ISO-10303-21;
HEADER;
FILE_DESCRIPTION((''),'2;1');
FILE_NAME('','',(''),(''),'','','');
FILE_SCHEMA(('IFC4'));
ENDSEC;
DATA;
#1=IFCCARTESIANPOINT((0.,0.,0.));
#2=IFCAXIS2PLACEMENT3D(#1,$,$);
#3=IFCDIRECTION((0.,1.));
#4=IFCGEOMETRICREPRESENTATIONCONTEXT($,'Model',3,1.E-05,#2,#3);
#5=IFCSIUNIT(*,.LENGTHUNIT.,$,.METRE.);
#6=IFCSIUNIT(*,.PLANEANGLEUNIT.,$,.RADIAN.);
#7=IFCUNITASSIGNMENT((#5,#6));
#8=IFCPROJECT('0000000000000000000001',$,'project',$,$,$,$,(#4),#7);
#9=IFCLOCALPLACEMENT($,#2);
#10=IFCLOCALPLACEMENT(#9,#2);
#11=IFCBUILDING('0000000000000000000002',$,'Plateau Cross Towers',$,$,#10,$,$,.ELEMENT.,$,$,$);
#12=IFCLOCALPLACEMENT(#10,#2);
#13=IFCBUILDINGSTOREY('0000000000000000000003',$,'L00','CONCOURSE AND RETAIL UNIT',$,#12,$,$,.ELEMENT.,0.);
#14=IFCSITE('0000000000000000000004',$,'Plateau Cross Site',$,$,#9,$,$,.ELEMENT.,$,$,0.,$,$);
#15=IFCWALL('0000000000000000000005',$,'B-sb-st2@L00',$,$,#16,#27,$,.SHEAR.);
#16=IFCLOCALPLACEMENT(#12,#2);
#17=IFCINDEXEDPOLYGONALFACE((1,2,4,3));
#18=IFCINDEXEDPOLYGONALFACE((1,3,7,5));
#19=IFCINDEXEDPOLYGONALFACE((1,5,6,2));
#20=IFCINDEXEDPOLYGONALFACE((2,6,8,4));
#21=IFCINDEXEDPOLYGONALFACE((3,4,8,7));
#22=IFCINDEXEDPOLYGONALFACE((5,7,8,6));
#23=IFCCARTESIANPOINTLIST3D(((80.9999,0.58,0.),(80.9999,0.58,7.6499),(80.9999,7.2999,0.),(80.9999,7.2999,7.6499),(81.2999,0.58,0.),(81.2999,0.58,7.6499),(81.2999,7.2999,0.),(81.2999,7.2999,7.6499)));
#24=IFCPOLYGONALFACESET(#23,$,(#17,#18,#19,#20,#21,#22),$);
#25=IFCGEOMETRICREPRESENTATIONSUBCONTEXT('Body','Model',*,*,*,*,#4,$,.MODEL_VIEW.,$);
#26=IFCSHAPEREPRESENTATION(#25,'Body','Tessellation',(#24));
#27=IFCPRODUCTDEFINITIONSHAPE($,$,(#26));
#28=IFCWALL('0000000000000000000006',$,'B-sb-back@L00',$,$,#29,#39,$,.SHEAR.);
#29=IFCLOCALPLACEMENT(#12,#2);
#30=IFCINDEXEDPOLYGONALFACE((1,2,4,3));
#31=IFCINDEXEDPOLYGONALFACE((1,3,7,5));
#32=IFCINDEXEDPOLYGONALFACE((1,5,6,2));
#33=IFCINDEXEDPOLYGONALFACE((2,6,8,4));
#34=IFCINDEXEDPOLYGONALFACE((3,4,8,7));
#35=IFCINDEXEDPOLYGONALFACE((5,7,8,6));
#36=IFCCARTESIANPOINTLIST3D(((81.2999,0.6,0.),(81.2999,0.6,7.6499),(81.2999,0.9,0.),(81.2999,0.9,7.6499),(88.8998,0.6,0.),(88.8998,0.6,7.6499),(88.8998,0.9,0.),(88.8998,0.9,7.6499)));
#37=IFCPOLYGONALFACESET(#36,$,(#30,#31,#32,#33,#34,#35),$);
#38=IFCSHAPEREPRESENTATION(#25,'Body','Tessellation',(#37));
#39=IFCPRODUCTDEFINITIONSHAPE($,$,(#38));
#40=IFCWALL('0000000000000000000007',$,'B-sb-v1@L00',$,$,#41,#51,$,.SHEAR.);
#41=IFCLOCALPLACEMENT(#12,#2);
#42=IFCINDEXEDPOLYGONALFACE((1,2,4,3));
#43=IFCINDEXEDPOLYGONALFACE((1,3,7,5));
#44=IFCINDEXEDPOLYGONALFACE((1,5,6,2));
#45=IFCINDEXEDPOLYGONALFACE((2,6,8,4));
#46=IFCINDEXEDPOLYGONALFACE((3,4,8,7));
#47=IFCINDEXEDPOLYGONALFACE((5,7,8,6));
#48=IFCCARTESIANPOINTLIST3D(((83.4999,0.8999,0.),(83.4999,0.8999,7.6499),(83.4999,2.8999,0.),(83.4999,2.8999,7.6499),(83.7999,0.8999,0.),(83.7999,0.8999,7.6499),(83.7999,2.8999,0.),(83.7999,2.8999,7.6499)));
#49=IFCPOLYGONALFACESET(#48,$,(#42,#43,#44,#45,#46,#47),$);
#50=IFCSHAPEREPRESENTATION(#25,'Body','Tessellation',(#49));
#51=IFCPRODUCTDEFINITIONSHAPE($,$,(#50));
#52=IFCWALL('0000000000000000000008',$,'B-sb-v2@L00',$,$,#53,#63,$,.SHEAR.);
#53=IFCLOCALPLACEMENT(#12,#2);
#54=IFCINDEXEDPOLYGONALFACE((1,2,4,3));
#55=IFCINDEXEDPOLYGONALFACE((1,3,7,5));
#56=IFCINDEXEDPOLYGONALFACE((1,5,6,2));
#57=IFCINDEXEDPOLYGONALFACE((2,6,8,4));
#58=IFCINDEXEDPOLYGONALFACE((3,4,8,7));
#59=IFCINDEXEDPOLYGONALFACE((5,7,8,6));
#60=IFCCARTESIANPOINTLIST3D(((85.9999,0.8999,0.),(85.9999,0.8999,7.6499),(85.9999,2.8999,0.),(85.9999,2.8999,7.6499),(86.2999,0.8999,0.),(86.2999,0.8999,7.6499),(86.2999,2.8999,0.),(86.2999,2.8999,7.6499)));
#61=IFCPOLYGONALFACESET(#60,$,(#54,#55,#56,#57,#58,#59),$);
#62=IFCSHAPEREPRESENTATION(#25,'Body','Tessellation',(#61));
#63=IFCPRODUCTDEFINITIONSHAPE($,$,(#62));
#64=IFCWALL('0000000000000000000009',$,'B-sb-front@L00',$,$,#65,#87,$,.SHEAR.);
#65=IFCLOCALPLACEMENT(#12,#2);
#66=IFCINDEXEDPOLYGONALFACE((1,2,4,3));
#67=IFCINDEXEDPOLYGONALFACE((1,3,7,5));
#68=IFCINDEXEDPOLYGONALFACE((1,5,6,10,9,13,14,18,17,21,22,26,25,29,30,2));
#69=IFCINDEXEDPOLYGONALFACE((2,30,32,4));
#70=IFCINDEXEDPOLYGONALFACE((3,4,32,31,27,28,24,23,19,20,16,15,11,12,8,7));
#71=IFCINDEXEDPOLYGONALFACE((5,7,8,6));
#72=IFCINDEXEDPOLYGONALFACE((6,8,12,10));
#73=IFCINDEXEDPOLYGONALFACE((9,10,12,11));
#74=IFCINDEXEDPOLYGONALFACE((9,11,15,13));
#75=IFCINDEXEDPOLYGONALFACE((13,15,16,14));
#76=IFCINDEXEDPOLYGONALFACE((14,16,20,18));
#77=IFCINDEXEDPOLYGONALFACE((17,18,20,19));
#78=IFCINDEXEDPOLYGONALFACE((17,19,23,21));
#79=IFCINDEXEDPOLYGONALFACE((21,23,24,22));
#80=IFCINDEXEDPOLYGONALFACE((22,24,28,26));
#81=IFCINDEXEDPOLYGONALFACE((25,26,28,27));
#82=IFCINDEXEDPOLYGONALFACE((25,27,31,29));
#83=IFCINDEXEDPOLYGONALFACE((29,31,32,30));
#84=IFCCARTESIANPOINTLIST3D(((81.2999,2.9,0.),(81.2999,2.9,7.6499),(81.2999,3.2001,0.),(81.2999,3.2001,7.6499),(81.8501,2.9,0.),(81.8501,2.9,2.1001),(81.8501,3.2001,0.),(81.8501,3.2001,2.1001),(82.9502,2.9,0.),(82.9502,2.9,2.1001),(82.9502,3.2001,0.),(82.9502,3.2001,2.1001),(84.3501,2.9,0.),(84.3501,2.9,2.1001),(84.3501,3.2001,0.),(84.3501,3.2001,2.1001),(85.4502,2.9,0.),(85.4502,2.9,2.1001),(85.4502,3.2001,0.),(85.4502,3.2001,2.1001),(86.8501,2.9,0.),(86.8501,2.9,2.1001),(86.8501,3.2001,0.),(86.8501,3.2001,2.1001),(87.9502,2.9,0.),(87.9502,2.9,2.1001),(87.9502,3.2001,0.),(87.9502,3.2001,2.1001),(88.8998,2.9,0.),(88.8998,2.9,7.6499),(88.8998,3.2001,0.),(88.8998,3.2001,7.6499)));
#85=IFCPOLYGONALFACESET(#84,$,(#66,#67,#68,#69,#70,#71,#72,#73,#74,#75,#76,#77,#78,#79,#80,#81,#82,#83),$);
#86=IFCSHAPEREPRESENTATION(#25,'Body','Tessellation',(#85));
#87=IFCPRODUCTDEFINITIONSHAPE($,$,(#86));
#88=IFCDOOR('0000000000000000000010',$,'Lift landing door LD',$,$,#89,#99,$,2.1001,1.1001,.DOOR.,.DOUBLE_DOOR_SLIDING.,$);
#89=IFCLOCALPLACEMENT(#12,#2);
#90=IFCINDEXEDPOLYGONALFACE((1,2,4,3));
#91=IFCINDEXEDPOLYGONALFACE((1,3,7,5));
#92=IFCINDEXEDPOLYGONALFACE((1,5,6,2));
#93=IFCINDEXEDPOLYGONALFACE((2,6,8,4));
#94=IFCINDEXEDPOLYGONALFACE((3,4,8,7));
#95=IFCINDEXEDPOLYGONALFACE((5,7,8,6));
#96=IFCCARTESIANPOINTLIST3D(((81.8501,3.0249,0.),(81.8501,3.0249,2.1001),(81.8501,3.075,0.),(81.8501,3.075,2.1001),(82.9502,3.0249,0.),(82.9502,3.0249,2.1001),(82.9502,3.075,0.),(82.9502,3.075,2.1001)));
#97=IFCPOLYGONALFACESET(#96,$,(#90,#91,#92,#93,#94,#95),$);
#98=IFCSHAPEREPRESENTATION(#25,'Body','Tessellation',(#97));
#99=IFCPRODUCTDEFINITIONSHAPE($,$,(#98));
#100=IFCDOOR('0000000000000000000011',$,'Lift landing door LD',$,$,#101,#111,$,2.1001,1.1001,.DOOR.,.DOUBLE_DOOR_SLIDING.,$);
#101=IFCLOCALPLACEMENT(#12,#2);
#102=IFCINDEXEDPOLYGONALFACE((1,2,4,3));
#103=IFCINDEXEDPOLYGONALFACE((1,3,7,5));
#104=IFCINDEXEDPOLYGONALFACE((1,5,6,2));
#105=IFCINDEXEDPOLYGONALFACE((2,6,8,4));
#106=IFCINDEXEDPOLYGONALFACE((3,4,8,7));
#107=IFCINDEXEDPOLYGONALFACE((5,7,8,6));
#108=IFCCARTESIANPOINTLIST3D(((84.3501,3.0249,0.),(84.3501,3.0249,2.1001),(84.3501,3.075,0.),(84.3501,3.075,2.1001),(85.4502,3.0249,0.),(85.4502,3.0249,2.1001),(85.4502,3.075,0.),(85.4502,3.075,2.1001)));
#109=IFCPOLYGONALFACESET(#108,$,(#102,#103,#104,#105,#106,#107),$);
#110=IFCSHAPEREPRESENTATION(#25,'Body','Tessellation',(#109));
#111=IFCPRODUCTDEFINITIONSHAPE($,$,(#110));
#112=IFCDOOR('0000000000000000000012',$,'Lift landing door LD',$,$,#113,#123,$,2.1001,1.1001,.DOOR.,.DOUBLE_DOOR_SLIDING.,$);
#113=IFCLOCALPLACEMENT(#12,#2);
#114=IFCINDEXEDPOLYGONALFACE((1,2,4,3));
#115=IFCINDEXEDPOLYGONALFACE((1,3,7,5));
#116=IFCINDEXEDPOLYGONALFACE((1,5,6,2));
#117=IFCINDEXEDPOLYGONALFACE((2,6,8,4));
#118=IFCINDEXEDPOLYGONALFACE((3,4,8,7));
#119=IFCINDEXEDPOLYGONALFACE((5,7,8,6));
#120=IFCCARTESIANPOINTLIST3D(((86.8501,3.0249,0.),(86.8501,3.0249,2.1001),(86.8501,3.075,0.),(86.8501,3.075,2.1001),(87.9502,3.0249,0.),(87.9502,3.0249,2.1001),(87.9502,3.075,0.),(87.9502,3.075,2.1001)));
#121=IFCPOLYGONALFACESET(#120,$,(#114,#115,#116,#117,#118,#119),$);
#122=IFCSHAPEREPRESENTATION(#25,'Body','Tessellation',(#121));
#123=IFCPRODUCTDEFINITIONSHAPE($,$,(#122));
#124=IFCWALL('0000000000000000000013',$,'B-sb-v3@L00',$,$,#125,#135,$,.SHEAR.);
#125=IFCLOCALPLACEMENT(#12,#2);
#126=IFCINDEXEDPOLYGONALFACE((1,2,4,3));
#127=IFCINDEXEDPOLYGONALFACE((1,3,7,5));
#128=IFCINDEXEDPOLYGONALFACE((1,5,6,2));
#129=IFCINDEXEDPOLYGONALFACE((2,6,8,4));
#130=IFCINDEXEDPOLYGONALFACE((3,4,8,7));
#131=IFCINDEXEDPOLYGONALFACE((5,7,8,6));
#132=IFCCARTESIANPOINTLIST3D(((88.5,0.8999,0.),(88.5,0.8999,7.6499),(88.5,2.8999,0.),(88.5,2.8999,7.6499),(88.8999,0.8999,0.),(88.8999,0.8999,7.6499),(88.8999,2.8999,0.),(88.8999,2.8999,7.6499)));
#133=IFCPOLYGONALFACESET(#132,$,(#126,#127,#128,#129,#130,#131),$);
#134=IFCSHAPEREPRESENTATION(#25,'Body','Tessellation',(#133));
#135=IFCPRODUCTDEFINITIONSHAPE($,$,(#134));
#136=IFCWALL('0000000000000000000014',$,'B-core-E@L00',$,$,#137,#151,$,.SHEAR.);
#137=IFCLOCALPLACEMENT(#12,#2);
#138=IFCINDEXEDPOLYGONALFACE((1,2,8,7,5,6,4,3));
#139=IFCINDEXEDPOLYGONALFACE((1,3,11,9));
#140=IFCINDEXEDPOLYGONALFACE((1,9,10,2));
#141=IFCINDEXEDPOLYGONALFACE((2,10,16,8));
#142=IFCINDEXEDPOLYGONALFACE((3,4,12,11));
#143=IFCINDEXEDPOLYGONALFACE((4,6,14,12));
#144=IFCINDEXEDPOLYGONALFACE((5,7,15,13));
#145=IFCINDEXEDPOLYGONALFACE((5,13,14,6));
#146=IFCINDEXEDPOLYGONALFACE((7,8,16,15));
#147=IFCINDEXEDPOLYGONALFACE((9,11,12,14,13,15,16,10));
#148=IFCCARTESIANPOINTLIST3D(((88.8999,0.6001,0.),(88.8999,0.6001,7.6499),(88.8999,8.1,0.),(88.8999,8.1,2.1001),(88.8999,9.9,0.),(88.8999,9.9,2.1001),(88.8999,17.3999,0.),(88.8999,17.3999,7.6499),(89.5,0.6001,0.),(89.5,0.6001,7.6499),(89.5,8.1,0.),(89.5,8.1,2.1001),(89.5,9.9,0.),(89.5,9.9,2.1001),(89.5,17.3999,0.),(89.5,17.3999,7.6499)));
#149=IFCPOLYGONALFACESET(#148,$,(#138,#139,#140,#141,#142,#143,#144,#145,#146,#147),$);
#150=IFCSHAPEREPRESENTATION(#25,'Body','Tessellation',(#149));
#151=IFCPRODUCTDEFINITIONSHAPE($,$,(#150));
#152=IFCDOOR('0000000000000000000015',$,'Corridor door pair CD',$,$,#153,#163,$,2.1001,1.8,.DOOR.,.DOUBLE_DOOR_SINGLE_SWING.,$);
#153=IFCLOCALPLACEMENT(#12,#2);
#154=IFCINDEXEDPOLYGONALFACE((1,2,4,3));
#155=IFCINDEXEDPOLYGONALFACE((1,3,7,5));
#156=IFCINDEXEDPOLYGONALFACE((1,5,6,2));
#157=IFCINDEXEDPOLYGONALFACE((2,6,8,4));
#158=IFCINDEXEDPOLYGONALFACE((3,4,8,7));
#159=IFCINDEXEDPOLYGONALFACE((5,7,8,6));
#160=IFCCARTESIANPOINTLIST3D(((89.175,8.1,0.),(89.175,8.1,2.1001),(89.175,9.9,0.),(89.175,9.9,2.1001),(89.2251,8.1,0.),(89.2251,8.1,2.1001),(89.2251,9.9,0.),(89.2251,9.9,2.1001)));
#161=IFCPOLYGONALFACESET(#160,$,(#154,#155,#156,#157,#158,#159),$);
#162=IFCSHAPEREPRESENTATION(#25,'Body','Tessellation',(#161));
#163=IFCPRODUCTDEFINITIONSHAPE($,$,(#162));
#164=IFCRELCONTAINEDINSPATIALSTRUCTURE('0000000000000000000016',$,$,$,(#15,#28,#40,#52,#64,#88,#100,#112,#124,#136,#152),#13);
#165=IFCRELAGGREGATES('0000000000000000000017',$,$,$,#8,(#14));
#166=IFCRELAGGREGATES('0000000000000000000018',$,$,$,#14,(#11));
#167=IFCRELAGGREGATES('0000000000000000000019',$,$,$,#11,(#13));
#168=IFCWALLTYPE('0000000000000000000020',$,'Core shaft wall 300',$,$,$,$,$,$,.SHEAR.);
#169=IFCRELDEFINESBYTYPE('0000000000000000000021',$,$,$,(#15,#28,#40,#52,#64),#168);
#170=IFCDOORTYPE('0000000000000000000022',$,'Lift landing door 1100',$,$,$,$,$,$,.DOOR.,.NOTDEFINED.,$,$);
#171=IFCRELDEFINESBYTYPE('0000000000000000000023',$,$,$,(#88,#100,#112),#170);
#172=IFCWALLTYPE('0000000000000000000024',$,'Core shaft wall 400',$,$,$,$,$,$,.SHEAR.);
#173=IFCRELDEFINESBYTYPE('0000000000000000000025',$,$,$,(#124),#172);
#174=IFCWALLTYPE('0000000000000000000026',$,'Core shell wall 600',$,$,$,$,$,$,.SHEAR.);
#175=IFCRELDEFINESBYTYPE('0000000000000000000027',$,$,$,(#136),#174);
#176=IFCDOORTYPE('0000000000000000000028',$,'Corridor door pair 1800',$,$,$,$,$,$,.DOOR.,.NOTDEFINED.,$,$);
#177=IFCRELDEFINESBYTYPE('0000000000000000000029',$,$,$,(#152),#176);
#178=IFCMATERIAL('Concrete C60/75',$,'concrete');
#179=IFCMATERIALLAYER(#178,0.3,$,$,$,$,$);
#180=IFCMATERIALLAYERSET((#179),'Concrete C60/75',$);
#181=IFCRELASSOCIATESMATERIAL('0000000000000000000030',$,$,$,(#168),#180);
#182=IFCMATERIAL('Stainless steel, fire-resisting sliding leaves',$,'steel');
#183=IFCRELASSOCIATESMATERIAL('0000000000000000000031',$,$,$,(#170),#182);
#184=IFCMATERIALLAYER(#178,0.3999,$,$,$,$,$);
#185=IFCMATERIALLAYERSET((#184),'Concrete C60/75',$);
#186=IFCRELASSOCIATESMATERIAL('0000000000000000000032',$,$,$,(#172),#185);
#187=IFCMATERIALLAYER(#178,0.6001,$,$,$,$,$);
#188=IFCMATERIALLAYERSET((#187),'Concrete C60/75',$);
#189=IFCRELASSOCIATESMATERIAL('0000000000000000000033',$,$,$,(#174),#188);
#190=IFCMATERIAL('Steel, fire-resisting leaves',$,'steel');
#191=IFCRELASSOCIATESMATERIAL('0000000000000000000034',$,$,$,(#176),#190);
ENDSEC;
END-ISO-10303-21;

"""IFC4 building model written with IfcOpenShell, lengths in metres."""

from ifc_helpers import new_model, si_unit, direction, frame, frame_2d, origin, place, context, subcontext, project, spatial, rectangle, extrude, material, layer, layer_set, type_object, element, fill, save


model = new_model("IFC4")

# Units and contexts
model_context = context("Model", 3, precision=1e-05, world=origin(), true_north=direction((0.0, 1.0)))
body_context = subcontext(model_context, "Body", "Model", "MODEL_VIEW")
ifc_project = project(units=[si_unit("LENGTHUNIT", "METRE"), si_unit("PLANEANGLEUNIT", "RADIAN")], contexts=[model_context])

# Site, building, storey
site_placement = place(None, origin())
site = spatial("IfcSite", under=ifc_project, at=site_placement, Name="Plateau Cross Site", CompositionType="ELEMENT", RefElevation=0.0)
building_placement = place(site_placement, origin())
building = spatial("IfcBuilding", under=site, at=building_placement, Name="Plateau Cross Towers", CompositionType="ELEMENT")
storey_placement = place(building_placement, origin())
storey = spatial("IfcBuildingStorey", under=building, at=storey_placement, Name="L00", Description="CONCOURSE AND RETAIL UNIT", CompositionType="ELEMENT", Elevation=0.0)

# Walls
ifc_material_1 = material(Name="Concrete C60/75", Category="concrete")
ifc_layer_1 = layer(ifc_material_1, 0.3)
ifc_layer_set_1 = layer_set([ifc_layer_1], Name="Concrete C60/75")
wall_type_1 = type_object("IfcWallType", Name="Core shaft wall 300", PredefinedType="SHEAR", material=ifc_layer_set_1)
wall_1_placement = place(storey_placement, frame((81.1499, 0.5801, 0.0), z_axis=(0.0, 0.0, 1.0), x_axis=(0.0, 1.0, 0.0)))
element("IfcWall", 1, at=wall_1_placement, inside=storey, type_object=wall_type_1, Name="B-sb-st2@L00", PredefinedType="SHEAR", context=body_context, shape_type="SweptSolid", body=[
    extrude(rectangle(XDim=6.72, YDim=0.3, at=frame_2d((3.3599, 0.0))), origin(), (0.0, 0.0, 1.0), 7.6499),
])
wall_2_placement = place(storey_placement, frame((81.3, 0.75, 0.0), z_axis=(0.0, 0.0, 1.0), x_axis=(1.0, 0.0, 0.0)))
element("IfcWall", 2, at=wall_2_placement, inside=storey, type_object=wall_type_1, Name="B-sb-back@L00", PredefinedType="SHEAR", context=body_context, shape_type="SweptSolid", body=[
    extrude(rectangle(XDim=7.5999, YDim=0.3, at=frame_2d((3.7998, 0.0))), origin(), (0.0, 0.0, 1.0), 7.6499),
])
for number, where, z_axis, x_axis, name in (
    (3, (83.6499, 0.8999, 0.0), (0.0, 0.0, 1.0), (0.0, 1.0, 0.0), "B-sb-v1@L00"),
    (4, (86.1499, 0.8999, 0.0), (0.0, 0.0, 1.0), (0.0, 1.0, 0.0), "B-sb-v2@L00"),
):
    element("IfcWall", number, at=place(storey_placement, frame(where, z_axis=z_axis, x_axis=x_axis)), inside=storey, type_object=wall_type_1, Name=name, PredefinedType="SHEAR", context=body_context, shape_type="SweptSolid", body=[
        extrude(rectangle(XDim=2.0, YDim=0.3, at=frame_2d((1.0, 0.0))), origin(), (0.0, 0.0, 1.0), 7.6499),
    ])

# Wall, openings, doors
wall_3_placement = place(storey_placement, frame((81.3, 3.05, 0.0), z_axis=(0.0, 0.0, 1.0), x_axis=(1.0, 0.0, 0.0)))
wall_3 = element("IfcWall", 5, at=wall_3_placement, inside=storey, type_object=wall_type_1, Name="B-sb-front@L00", PredefinedType="SHEAR", context=body_context, shape_type="SweptSolid", body=[
    extrude(rectangle(XDim=7.5999, YDim=0.3, at=frame_2d((3.7998, 0.0))), origin(), (0.0, 0.0, 1.0), 7.6499),
])
opening_1_placement = place(wall_3_placement, frame((0.55, 0.0, 0.0)))
opening_1 = element("IfcOpeningElement", 6, at=opening_1_placement, cuts=wall_3, PredefinedType="OPENING", context=body_context, shape_type="SweptSolid", body=[
    extrude(rectangle(XDim=1.1001, YDim=2.1001, at=frame_2d((0.55, 1.05))), frame((0.0, 0.1599, 0.0), z_axis=(0.0, -1.0, 0.0), x_axis=(1.0, 0.0, 0.0)), (0.0, 0.0, 1.0), 0.3201),
])
opening_2_placement = place(wall_3_placement, frame((3.05, 0.0, 0.0)))
opening_2 = element("IfcOpeningElement", 7, at=opening_2_placement, cuts=wall_3, PredefinedType="OPENING", context=body_context, shape_type="SweptSolid", body=[
    extrude(rectangle(XDim=1.1001, YDim=2.1001, at=frame_2d((0.55, 1.05))), frame((0.0, 0.1599, 0.0), z_axis=(0.0, -1.0, 0.0), x_axis=(1.0, 0.0, 0.0)), (0.0, 0.0, 1.0), 0.3201),
])
opening_3_placement = place(wall_3_placement, frame((5.55, 0.0, 0.0)))
opening_3 = element("IfcOpeningElement", 8, at=opening_3_placement, cuts=wall_3, PredefinedType="OPENING", context=body_context, shape_type="SweptSolid", body=[
    extrude(rectangle(XDim=1.1001, YDim=2.1001, at=frame_2d((0.55, 1.05))), frame((0.0, 0.1599, 0.0), z_axis=(0.0, -1.0, 0.0), x_axis=(1.0, 0.0, 0.0)), (0.0, 0.0, 1.0), 0.3201),
])
ifc_material_2 = material(Name="Stainless steel, fire-resisting sliding leaves", Category="steel")
door_type_1 = type_object("IfcDoorType", Name="Lift landing door 1100", OperationType="NOTDEFINED", PredefinedType="DOOR", material=ifc_material_2)
door_1_placement = place(opening_1_placement, origin())
door_1 = element("IfcDoor", 9, at=door_1_placement, inside=storey, type_object=door_type_1, Name="Lift landing door LD", OperationType="DOUBLE_DOOR_SLIDING", OverallHeight=2.1001, OverallWidth=1.1001, PredefinedType="DOOR", context=body_context, shape_type="SweptSolid", body=[
    extrude(rectangle(XDim=1.1001, YDim=2.1001, at=frame_2d((0.55, 1.05))), frame((0.0, 0.0249, 0.0), z_axis=(0.0, -1.0, 0.0), x_axis=(1.0, 0.0, 0.0)), (0.0, 0.0, 1.0), 0.05),
])
fill(opening_1, door_1)
door_2_placement = place(opening_2_placement, origin())
door_2 = element("IfcDoor", 10, at=door_2_placement, inside=storey, type_object=door_type_1, Name="Lift landing door LD", OperationType="DOUBLE_DOOR_SLIDING", OverallHeight=2.1001, OverallWidth=1.1001, PredefinedType="DOOR", context=body_context, shape_type="SweptSolid", body=[
    extrude(rectangle(XDim=1.1001, YDim=2.1001, at=frame_2d((0.55, 1.05))), frame((0.0, 0.0249, 0.0), z_axis=(0.0, -1.0, 0.0), x_axis=(1.0, 0.0, 0.0)), (0.0, 0.0, 1.0), 0.05),
])
fill(opening_2, door_2)
door_3_placement = place(opening_3_placement, origin())
door_3 = element("IfcDoor", 11, at=door_3_placement, inside=storey, type_object=door_type_1, Name="Lift landing door LD", OperationType="DOUBLE_DOOR_SLIDING", OverallHeight=2.1001, OverallWidth=1.1001, PredefinedType="DOOR", context=body_context, shape_type="SweptSolid", body=[
    extrude(rectangle(XDim=1.1001, YDim=2.1001, at=frame_2d((0.55, 1.05))), frame((0.0, 0.0249, 0.0), z_axis=(0.0, -1.0, 0.0), x_axis=(1.0, 0.0, 0.0)), (0.0, 0.0, 1.0), 0.05),
])
fill(opening_3, door_3)

# Wall
ifc_layer_2 = layer(ifc_material_1, 0.3999)
ifc_layer_set_2 = layer_set([ifc_layer_2], Name="Concrete C60/75")
wall_type_2 = type_object("IfcWallType", Name="Core shaft wall 400", PredefinedType="SHEAR", material=ifc_layer_set_2)
wall_4_placement = place(storey_placement, frame((88.7, 0.8999, 0.0), z_axis=(0.0, 0.0, 1.0), x_axis=(0.0, 1.0, 0.0)))
element("IfcWall", 12, at=wall_4_placement, inside=storey, type_object=wall_type_2, Name="B-sb-v3@L00", PredefinedType="SHEAR", context=body_context, shape_type="SweptSolid", body=[
    extrude(rectangle(XDim=2.0, YDim=0.3999, at=frame_2d((1.0, 0.0))), origin(), (0.0, 0.0, 1.0), 7.6499),
])

# Wall, opening, door
ifc_layer_3 = layer(ifc_material_1, 0.6001)
ifc_layer_set_3 = layer_set([ifc_layer_3], Name="Concrete C60/75")
wall_type_3 = type_object("IfcWallType", Name="Core shell wall 600", PredefinedType="SHEAR", material=ifc_layer_set_3)
wall_5_placement = place(storey_placement, frame((89.2, 0.6001, 0.0), z_axis=(0.0, 0.0, 1.0), x_axis=(0.0, 1.0, 0.0)))
wall_5 = element("IfcWall", 13, at=wall_5_placement, inside=storey, type_object=wall_type_3, Name="B-core-E@L00", PredefinedType="SHEAR", context=body_context, shape_type="SweptSolid", body=[
    extrude(rectangle(XDim=16.7998, YDim=0.6001, at=frame_2d((8.3999, 0.0))), origin(), (0.0, 0.0, 1.0), 7.6499),
])
opening_4_placement = place(wall_5_placement, frame((7.5, 0.0, 0.0)))
opening_4 = element("IfcOpeningElement", 14, at=opening_4_placement, cuts=wall_5, PredefinedType="OPENING", context=body_context, shape_type="SweptSolid", body=[
    extrude(rectangle(XDim=1.8, YDim=2.1001, at=frame_2d((0.8999, 1.05))), frame((0.0, 0.3101, 0.0), z_axis=(0.0, -1.0, 0.0), x_axis=(1.0, 0.0, 0.0)), (0.0, 0.0, 1.0), 0.6201),
])
ifc_material_3 = material(Name="Steel, fire-resisting leaves", Category="steel")
door_type_2 = type_object("IfcDoorType", Name="Corridor door pair 1800", OperationType="NOTDEFINED", PredefinedType="DOOR", material=ifc_material_3)
door_4_placement = place(opening_4_placement, origin())
door_4 = element("IfcDoor", 15, at=door_4_placement, inside=storey, type_object=door_type_2, Name="Corridor door pair CD", OperationType="DOUBLE_DOOR_SINGLE_SWING", OverallHeight=2.1001, OverallWidth=1.8, PredefinedType="DOOR", context=body_context, shape_type="SweptSolid", body=[
    extrude(rectangle(XDim=1.8, YDim=2.1001, at=frame_2d((0.8999, 1.05))), frame((0.0, 0.0249, 0.0), z_axis=(0.0, -1.0, 0.0), x_axis=(1.0, 0.0, 0.0)), (0.0, 0.0, 1.0), 0.05),
])
fill(opening_4, door_4)

save(model, "model.ifc")
